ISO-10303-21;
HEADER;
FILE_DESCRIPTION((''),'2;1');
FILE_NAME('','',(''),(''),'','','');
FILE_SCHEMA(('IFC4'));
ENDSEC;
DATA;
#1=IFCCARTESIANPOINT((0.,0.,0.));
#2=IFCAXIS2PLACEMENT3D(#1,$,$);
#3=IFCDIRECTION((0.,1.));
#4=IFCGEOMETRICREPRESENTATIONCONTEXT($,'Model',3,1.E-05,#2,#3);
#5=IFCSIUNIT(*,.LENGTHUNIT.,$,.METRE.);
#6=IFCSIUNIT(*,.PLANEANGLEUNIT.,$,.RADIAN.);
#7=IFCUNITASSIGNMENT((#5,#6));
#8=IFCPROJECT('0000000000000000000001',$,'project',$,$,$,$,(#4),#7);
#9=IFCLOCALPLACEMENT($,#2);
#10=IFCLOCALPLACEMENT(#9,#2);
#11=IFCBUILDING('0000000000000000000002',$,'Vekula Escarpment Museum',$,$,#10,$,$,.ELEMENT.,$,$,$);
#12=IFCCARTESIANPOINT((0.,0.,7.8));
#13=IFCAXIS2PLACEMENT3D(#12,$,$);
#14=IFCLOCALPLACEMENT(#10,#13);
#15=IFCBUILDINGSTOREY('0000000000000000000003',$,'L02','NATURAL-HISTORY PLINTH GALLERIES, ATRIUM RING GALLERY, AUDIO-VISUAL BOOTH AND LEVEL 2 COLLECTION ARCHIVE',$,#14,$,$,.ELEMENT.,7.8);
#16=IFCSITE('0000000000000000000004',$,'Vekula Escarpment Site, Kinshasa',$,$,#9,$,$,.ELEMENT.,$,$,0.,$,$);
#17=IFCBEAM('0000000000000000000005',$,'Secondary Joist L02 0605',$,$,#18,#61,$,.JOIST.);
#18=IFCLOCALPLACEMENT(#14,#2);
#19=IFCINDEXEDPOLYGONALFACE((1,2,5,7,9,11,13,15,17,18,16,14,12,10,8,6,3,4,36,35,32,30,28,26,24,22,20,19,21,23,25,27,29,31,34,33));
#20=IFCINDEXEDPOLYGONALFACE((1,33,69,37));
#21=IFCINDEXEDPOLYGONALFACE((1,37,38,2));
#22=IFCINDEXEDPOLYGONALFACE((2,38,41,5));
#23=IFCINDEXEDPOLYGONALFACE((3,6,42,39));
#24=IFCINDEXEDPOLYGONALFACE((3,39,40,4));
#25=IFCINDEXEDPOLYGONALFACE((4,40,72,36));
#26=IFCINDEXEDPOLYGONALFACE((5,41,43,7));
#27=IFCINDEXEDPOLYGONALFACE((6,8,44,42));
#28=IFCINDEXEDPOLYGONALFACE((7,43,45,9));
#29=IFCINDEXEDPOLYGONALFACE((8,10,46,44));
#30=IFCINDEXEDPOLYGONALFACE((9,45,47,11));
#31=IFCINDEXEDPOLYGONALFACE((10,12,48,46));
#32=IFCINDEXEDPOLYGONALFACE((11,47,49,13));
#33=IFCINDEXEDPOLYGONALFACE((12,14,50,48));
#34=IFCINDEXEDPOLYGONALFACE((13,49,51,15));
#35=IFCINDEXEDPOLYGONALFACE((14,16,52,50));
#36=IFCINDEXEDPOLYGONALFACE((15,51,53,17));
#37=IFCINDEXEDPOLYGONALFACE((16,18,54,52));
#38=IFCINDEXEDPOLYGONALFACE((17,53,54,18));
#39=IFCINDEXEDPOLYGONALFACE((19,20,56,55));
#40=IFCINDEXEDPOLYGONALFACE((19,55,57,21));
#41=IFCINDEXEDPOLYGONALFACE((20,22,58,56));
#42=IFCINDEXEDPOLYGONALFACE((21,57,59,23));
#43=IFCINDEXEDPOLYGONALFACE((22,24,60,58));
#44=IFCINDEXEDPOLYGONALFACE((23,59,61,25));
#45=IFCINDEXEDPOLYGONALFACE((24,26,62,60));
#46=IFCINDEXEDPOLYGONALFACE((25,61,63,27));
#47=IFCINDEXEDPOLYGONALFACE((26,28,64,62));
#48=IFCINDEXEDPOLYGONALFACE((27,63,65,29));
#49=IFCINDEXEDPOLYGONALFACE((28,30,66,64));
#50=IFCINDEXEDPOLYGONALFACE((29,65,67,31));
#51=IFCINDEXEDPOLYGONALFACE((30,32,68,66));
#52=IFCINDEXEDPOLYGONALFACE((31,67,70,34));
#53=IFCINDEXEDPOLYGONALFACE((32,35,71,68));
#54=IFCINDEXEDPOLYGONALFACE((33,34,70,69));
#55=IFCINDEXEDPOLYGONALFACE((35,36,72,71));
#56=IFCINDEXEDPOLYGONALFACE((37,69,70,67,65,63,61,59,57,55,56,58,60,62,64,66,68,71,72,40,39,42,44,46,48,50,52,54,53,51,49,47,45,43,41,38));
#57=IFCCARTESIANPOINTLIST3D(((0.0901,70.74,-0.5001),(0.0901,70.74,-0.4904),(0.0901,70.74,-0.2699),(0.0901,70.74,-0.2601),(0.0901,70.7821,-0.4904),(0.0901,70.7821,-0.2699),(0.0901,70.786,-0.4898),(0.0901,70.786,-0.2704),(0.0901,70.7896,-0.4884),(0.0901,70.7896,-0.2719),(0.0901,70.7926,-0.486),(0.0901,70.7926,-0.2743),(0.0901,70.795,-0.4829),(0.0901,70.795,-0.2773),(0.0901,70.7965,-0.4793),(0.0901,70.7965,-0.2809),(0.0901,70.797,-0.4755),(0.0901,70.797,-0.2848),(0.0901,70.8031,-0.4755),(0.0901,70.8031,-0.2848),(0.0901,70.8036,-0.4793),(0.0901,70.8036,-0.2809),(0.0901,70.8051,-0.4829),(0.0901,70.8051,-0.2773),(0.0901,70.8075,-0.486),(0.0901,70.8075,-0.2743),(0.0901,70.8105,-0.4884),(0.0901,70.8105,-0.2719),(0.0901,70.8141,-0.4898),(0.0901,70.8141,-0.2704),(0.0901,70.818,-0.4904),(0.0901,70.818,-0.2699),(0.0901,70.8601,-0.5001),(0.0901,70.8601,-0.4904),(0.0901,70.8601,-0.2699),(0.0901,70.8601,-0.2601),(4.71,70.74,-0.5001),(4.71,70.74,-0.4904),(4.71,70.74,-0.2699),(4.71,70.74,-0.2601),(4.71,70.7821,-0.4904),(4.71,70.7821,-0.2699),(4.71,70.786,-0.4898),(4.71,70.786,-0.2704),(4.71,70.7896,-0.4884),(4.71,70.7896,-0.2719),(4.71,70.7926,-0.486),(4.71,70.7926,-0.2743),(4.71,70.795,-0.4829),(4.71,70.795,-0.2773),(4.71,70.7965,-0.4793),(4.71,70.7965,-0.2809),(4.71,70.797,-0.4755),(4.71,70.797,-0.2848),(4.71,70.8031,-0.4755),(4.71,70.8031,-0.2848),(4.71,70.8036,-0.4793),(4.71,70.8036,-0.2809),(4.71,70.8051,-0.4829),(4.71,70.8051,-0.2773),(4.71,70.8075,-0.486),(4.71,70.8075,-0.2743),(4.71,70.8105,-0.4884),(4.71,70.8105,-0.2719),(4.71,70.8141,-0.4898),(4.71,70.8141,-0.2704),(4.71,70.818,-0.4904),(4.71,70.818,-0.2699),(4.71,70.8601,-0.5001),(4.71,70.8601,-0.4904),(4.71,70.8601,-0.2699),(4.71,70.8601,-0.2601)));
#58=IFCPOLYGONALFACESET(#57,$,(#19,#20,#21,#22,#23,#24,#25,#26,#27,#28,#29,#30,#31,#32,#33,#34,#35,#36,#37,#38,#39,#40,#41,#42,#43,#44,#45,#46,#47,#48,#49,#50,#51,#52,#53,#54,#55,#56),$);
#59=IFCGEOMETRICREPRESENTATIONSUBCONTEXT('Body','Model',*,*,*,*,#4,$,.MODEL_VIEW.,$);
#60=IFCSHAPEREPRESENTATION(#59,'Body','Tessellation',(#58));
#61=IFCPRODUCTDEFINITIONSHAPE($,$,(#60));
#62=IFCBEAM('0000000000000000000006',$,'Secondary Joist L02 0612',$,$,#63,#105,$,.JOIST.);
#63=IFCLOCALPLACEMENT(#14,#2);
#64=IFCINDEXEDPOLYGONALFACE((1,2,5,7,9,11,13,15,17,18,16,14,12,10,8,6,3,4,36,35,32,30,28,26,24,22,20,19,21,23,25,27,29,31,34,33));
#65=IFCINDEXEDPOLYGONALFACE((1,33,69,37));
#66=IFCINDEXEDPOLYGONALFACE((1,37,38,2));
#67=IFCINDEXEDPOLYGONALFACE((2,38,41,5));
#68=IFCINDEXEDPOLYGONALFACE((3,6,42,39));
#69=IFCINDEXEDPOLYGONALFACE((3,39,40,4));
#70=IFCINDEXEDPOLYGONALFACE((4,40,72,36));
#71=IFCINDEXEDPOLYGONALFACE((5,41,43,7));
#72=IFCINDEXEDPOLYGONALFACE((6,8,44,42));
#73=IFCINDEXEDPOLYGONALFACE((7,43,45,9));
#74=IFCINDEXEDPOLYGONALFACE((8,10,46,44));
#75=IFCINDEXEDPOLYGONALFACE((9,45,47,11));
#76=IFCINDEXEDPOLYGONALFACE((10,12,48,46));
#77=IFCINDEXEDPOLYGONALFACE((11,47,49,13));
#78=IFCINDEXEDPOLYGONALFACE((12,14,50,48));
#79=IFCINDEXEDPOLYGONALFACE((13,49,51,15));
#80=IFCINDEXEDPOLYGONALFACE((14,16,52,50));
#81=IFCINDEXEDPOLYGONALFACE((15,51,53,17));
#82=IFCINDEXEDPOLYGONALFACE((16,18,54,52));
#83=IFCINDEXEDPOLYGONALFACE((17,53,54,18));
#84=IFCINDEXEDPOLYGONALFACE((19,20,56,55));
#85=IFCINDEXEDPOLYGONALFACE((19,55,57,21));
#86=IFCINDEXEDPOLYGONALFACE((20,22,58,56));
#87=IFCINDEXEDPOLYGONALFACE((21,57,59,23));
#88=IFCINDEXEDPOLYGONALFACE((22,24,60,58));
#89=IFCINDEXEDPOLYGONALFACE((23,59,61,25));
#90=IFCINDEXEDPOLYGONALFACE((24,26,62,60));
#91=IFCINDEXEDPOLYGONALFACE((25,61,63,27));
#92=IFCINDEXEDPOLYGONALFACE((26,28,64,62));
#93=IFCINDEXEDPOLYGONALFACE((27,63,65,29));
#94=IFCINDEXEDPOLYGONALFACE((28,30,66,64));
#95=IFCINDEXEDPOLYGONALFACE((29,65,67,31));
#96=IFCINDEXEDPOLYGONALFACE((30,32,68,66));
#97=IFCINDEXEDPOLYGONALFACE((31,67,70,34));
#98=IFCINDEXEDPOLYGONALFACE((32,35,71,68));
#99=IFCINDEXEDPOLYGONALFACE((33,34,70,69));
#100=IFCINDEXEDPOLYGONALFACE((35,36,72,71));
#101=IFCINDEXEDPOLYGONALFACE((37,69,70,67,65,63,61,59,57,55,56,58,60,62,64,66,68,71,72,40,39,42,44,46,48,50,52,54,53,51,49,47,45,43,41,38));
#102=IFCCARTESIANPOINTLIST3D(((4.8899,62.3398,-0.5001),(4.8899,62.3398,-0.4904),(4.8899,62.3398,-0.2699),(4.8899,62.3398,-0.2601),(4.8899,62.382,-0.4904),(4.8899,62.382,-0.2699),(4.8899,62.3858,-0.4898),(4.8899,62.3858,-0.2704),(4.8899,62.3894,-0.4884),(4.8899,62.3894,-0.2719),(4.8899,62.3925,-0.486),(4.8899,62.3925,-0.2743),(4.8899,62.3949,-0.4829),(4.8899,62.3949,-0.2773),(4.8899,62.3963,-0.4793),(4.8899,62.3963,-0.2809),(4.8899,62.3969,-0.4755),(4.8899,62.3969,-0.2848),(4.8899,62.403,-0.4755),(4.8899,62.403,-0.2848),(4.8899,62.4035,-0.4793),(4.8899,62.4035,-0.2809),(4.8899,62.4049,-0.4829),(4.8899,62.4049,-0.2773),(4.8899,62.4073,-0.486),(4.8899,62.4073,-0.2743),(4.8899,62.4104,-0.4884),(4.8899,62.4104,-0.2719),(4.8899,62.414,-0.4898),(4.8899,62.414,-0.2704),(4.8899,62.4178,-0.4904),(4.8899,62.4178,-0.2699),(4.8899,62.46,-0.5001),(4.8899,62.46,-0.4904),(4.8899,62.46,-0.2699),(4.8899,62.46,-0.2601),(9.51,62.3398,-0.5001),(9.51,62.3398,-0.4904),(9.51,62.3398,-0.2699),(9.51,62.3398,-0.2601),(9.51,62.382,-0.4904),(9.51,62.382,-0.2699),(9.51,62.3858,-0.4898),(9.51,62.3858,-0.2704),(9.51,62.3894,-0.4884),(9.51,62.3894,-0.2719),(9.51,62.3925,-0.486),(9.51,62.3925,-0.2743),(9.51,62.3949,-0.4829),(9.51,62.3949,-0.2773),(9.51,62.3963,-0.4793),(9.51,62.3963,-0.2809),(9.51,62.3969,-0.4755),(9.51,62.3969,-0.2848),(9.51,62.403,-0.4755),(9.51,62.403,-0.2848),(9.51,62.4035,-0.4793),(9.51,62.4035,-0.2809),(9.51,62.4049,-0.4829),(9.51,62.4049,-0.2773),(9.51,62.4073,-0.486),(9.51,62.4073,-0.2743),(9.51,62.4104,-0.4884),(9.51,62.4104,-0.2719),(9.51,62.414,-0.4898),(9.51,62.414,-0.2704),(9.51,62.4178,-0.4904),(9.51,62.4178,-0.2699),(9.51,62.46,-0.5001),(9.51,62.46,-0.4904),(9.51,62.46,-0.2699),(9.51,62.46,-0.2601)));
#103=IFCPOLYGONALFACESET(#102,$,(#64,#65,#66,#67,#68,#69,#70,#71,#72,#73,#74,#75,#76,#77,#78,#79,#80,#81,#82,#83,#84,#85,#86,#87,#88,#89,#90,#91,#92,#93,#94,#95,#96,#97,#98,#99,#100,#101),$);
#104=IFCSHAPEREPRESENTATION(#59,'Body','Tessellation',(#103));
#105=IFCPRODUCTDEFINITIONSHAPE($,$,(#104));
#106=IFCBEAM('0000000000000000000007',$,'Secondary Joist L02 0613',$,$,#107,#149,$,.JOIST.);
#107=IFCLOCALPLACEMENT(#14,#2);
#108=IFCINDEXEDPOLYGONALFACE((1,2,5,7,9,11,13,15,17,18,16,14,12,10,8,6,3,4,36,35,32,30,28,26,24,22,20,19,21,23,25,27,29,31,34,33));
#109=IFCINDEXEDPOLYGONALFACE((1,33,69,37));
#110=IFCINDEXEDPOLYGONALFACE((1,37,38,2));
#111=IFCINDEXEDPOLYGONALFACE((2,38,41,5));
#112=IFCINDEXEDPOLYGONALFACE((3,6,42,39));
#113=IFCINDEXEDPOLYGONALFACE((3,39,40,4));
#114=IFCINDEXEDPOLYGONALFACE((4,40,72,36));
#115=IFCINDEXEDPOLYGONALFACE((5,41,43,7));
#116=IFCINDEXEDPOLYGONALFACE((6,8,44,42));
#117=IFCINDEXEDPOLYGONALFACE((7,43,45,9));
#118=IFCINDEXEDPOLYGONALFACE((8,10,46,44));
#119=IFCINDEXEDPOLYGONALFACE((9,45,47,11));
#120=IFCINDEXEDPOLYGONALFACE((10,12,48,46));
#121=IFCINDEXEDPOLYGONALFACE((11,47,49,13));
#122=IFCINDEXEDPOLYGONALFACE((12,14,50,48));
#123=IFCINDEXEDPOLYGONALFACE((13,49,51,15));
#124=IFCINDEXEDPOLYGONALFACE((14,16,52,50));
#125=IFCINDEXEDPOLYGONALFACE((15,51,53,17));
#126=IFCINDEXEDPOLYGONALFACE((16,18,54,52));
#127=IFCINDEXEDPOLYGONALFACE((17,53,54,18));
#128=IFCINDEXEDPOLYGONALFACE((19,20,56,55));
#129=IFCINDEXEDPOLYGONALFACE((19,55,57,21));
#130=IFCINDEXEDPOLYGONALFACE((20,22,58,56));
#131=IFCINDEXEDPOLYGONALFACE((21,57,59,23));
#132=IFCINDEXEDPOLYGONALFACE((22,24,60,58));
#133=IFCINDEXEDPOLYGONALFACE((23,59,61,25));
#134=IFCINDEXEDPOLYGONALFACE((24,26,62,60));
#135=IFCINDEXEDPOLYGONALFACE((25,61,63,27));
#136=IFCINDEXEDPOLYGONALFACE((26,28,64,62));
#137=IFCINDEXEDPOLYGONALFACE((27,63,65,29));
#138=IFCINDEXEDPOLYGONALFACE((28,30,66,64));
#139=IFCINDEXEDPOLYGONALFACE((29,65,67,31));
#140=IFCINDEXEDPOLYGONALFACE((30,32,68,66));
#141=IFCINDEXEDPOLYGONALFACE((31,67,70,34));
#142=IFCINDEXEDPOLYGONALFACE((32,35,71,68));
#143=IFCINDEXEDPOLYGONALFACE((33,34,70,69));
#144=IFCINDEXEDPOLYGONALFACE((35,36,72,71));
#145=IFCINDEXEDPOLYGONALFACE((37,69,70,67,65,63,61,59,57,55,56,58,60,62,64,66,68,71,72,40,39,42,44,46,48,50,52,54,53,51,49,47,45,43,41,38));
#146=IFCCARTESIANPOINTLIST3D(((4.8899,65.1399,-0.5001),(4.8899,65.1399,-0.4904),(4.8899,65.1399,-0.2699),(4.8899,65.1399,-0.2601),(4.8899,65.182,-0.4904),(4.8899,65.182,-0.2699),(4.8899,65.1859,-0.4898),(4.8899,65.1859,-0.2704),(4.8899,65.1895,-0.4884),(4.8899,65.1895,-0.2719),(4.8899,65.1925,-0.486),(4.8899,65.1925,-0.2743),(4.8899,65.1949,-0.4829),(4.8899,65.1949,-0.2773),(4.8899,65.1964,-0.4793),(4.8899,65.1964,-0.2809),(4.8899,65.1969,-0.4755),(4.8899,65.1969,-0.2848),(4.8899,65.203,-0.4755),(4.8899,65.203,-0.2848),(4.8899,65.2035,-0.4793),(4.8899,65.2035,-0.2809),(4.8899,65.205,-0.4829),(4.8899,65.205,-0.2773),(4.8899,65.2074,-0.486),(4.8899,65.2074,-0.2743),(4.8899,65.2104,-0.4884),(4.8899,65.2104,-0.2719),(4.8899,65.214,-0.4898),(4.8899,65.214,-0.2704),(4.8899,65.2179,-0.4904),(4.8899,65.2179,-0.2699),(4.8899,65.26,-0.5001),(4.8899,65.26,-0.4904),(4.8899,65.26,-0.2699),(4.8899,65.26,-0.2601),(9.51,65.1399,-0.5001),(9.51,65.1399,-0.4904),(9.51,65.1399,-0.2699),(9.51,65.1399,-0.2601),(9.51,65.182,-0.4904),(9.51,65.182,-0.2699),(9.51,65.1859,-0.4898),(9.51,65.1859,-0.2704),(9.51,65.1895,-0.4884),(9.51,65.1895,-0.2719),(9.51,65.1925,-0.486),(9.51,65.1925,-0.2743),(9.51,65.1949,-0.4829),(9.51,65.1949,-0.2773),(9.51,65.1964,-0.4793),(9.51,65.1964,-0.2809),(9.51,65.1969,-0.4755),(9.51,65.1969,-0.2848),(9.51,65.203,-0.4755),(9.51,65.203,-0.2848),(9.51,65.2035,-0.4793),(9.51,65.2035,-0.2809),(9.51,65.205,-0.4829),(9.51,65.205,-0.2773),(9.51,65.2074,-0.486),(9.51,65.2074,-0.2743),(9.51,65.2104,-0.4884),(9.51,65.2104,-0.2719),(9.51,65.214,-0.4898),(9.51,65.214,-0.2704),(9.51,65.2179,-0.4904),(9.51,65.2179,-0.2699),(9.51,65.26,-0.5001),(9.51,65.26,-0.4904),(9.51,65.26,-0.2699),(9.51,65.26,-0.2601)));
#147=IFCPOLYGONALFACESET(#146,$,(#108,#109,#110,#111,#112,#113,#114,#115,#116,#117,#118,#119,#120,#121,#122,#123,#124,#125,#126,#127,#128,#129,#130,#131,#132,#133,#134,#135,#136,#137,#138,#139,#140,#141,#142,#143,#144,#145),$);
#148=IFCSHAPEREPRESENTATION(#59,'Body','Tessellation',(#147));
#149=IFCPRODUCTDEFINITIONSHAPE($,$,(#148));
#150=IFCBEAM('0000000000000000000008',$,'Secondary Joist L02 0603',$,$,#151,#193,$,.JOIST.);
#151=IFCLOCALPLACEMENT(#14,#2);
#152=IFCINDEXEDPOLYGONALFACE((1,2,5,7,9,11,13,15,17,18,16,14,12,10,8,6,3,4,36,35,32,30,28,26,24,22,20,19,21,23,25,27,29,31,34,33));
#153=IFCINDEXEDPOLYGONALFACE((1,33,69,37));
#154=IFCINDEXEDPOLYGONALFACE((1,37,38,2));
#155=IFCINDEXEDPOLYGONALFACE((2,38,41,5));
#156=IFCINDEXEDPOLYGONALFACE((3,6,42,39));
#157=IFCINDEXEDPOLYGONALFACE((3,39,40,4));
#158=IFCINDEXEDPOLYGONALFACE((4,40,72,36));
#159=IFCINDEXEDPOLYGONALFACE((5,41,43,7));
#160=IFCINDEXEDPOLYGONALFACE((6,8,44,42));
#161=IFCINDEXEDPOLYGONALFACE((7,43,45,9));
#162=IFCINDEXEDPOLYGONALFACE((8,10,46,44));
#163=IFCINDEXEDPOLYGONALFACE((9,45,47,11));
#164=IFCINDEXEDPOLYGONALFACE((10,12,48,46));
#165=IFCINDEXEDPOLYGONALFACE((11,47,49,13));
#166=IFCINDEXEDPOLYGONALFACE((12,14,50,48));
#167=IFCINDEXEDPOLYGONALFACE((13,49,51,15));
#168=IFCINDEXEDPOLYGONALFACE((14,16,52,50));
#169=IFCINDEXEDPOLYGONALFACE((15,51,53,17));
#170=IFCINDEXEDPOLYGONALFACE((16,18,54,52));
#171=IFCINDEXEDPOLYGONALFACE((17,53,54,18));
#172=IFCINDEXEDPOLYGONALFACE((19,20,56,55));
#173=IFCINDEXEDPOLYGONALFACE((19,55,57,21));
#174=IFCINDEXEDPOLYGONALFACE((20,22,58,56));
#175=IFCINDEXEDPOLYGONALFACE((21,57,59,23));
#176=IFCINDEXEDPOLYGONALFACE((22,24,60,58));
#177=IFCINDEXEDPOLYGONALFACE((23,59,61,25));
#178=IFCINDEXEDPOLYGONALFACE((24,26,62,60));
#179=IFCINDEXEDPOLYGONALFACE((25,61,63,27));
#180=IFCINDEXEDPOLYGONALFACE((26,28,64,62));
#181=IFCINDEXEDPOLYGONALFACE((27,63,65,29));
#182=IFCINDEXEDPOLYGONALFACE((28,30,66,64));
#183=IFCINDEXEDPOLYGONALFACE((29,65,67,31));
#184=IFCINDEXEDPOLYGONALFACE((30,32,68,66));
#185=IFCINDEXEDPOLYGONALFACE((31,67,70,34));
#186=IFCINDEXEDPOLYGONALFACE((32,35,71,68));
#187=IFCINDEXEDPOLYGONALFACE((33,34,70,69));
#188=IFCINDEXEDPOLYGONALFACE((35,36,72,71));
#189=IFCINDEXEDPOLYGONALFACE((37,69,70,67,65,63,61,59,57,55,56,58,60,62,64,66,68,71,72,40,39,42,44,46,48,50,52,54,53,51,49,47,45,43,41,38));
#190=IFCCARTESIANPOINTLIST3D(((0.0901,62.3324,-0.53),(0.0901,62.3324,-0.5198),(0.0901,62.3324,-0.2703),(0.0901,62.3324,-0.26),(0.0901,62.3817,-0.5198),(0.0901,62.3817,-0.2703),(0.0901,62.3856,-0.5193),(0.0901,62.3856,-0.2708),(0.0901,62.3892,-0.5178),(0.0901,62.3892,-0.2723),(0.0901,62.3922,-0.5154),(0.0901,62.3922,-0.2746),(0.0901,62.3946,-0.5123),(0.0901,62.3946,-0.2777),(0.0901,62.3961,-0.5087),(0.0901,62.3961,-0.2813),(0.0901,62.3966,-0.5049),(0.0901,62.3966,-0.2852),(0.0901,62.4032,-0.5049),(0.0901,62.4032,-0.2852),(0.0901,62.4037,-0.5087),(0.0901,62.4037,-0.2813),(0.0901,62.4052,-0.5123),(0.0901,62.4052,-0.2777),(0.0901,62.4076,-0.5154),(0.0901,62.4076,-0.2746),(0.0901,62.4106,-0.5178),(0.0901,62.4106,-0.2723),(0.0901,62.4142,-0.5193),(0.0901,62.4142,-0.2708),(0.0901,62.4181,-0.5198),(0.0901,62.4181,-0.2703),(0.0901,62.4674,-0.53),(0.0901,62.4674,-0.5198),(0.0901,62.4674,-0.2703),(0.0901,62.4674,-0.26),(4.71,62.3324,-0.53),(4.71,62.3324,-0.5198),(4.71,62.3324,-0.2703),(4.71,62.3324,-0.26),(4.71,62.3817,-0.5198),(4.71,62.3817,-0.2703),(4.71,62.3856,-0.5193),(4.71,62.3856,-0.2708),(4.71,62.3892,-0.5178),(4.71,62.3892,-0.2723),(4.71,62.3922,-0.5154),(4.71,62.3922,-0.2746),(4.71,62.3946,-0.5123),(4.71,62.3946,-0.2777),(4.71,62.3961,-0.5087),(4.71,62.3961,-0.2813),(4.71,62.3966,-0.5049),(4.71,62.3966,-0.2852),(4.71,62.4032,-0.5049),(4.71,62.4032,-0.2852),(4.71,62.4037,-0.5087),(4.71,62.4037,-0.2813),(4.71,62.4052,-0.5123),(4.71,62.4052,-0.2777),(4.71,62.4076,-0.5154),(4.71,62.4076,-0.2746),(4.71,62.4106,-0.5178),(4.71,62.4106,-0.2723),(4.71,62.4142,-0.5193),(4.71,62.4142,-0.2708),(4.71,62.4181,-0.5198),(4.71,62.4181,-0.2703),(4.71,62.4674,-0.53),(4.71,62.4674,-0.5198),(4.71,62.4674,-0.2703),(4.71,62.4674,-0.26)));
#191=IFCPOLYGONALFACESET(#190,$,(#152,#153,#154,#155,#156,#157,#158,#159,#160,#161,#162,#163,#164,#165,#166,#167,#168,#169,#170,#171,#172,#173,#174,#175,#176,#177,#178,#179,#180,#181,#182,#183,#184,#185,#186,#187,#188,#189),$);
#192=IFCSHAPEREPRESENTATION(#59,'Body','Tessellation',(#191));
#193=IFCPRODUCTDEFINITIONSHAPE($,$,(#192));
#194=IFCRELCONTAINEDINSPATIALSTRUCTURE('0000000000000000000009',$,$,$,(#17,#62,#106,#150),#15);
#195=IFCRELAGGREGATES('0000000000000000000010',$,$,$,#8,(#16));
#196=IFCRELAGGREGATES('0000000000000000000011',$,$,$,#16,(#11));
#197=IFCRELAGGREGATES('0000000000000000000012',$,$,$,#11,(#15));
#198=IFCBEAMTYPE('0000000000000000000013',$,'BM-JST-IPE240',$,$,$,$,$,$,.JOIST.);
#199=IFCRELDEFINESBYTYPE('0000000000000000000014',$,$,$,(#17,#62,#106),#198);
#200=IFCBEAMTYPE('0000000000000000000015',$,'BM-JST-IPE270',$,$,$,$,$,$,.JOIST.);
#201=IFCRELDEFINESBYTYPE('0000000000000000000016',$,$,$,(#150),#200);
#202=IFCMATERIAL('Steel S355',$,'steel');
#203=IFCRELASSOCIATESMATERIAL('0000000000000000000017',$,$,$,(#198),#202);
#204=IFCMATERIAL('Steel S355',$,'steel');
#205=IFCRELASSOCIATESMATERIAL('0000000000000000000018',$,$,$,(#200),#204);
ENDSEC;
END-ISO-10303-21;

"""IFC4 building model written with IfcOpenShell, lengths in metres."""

from ifc_helpers import new_model, si_unit, direction, frame, origin, origin_2d, place, context, subcontext, project, spatial, i_section, extrude, material, material_profile, profile_set, type_object, element, save


model = new_model("IFC4")

# Units and contexts
model_context = context("Model", 3, precision=1e-05, world=origin(), true_north=direction((0.0, 1.0)))
body_context = subcontext(model_context, "Body", "Model", "MODEL_VIEW")
ifc_project = project(units=[si_unit("LENGTHUNIT", "METRE"), si_unit("PLANEANGLEUNIT", "RADIAN")], contexts=[model_context])

# Site, building, storey
site_placement = place(None, origin())
site = spatial("IfcSite", under=ifc_project, at=site_placement, Name="Vekula Escarpment Site, Kinshasa", CompositionType="ELEMENT", RefElevation=0.0)
building_placement = place(site_placement, origin())
building = spatial("IfcBuilding", under=site, at=building_placement, Name="Vekula Escarpment Museum", CompositionType="ELEMENT")
storey_placement = place(building_placement, frame((0.0, 0.0, 7.8)))
storey = spatial("IfcBuildingStorey", under=building, at=storey_placement, Name="L02", Description="NATURAL-HISTORY PLINTH GALLERIES, ATRIUM RING GALLERY, AUDIO-VISUAL BOOTH AND LEVEL 2 COLLECTION ARCHIVE", CompositionType="ELEMENT", Elevation=7.8)

# Beams
ifc_material_1 = material(Name="Steel S355", Category="steel")
ifc_material_profile_1 = material_profile(ifc_material_1, i_section(OverallWidth=0.1201, OverallDepth=0.24, WebThickness=0.0061, FlangeThickness=0.0098, FilletRadius=0.0149, at=origin_2d()), Name="IPE 240")
ifc_profile_set_1 = profile_set([ifc_material_profile_1], Name="Steel S355")
beam_type_1 = type_object("IfcBeamType", Name="BM-JST-IPE240", PredefinedType="JOIST", material=ifc_profile_set_1)
beam_1_placement = place(storey_placement, frame((0.0901, 70.8, -0.3801), z_axis=(1.0, 0.0, 0.0), x_axis=(0.0, 1.0, 0.0)))
element("IfcBeam", 1, at=beam_1_placement, inside=storey, type_object=beam_type_1, Name="Secondary Joist L02 0605", PredefinedType="JOIST", context=body_context, shape_type="SweptSolid", body=[
    extrude(i_section(OverallWidth=0.1201, OverallDepth=0.24, WebThickness=0.0061, FlangeThickness=0.0098, FilletRadius=0.0149, at=origin_2d()), origin(), (0.0, 0.0, 1.0), 4.6199),
])
for number, where, z_axis, x_axis, name in (
    (2, (4.8899, 62.3999, -0.3801), (1.0, 0.0, 0.0), (0.0, 1.0, 0.0), "Secondary Joist L02 0612"),
    (3, (4.8899, 65.2, -0.3801), (1.0, 0.0, 0.0), (0.0, 1.0, 0.0), "Secondary Joist L02 0613"),
):
    element("IfcBeam", number, at=place(storey_placement, frame(where, z_axis=z_axis, x_axis=x_axis)), inside=storey, type_object=beam_type_1, Name=name, PredefinedType="JOIST", context=body_context, shape_type="SweptSolid", body=[
        extrude(i_section(OverallWidth=0.1201, OverallDepth=0.24, WebThickness=0.0061, FlangeThickness=0.0098, FilletRadius=0.0149, at=origin_2d()), origin(), (0.0, 0.0, 1.0), 4.6201),
    ])
ifc_material_2 = material(Name="Steel S355", Category="steel")
ifc_material_profile_2 = material_profile(ifc_material_2, i_section(OverallWidth=0.135, OverallDepth=0.27, WebThickness=0.0066, FlangeThickness=0.0103, FilletRadius=0.0149, at=origin_2d()), Name="IPE 270")
ifc_profile_set_2 = profile_set([ifc_material_profile_2], Name="Steel S355")
beam_type_2 = type_object("IfcBeamType", Name="BM-JST-IPE270", PredefinedType="JOIST", material=ifc_profile_set_2)
for number, where, z_axis, x_axis, name in (
    (4, (0.0901, 62.3999, -0.395), (1.0, 0.0, 0.0), (0.0, 1.0, 0.0), "Secondary Joist L02 0603"),
):
    element("IfcBeam", number, at=place(storey_placement, frame(where, z_axis=z_axis, x_axis=x_axis)), inside=storey, type_object=beam_type_2, Name=name, PredefinedType="JOIST", context=body_context, shape_type="SweptSolid", body=[
        extrude(i_section(OverallWidth=0.135, OverallDepth=0.27, WebThickness=0.0066, FlangeThickness=0.0103, FilletRadius=0.0149, at=origin_2d()), origin(), (0.0, 0.0, 1.0), 4.6199),
    ])

save(model, "model.ifc")
